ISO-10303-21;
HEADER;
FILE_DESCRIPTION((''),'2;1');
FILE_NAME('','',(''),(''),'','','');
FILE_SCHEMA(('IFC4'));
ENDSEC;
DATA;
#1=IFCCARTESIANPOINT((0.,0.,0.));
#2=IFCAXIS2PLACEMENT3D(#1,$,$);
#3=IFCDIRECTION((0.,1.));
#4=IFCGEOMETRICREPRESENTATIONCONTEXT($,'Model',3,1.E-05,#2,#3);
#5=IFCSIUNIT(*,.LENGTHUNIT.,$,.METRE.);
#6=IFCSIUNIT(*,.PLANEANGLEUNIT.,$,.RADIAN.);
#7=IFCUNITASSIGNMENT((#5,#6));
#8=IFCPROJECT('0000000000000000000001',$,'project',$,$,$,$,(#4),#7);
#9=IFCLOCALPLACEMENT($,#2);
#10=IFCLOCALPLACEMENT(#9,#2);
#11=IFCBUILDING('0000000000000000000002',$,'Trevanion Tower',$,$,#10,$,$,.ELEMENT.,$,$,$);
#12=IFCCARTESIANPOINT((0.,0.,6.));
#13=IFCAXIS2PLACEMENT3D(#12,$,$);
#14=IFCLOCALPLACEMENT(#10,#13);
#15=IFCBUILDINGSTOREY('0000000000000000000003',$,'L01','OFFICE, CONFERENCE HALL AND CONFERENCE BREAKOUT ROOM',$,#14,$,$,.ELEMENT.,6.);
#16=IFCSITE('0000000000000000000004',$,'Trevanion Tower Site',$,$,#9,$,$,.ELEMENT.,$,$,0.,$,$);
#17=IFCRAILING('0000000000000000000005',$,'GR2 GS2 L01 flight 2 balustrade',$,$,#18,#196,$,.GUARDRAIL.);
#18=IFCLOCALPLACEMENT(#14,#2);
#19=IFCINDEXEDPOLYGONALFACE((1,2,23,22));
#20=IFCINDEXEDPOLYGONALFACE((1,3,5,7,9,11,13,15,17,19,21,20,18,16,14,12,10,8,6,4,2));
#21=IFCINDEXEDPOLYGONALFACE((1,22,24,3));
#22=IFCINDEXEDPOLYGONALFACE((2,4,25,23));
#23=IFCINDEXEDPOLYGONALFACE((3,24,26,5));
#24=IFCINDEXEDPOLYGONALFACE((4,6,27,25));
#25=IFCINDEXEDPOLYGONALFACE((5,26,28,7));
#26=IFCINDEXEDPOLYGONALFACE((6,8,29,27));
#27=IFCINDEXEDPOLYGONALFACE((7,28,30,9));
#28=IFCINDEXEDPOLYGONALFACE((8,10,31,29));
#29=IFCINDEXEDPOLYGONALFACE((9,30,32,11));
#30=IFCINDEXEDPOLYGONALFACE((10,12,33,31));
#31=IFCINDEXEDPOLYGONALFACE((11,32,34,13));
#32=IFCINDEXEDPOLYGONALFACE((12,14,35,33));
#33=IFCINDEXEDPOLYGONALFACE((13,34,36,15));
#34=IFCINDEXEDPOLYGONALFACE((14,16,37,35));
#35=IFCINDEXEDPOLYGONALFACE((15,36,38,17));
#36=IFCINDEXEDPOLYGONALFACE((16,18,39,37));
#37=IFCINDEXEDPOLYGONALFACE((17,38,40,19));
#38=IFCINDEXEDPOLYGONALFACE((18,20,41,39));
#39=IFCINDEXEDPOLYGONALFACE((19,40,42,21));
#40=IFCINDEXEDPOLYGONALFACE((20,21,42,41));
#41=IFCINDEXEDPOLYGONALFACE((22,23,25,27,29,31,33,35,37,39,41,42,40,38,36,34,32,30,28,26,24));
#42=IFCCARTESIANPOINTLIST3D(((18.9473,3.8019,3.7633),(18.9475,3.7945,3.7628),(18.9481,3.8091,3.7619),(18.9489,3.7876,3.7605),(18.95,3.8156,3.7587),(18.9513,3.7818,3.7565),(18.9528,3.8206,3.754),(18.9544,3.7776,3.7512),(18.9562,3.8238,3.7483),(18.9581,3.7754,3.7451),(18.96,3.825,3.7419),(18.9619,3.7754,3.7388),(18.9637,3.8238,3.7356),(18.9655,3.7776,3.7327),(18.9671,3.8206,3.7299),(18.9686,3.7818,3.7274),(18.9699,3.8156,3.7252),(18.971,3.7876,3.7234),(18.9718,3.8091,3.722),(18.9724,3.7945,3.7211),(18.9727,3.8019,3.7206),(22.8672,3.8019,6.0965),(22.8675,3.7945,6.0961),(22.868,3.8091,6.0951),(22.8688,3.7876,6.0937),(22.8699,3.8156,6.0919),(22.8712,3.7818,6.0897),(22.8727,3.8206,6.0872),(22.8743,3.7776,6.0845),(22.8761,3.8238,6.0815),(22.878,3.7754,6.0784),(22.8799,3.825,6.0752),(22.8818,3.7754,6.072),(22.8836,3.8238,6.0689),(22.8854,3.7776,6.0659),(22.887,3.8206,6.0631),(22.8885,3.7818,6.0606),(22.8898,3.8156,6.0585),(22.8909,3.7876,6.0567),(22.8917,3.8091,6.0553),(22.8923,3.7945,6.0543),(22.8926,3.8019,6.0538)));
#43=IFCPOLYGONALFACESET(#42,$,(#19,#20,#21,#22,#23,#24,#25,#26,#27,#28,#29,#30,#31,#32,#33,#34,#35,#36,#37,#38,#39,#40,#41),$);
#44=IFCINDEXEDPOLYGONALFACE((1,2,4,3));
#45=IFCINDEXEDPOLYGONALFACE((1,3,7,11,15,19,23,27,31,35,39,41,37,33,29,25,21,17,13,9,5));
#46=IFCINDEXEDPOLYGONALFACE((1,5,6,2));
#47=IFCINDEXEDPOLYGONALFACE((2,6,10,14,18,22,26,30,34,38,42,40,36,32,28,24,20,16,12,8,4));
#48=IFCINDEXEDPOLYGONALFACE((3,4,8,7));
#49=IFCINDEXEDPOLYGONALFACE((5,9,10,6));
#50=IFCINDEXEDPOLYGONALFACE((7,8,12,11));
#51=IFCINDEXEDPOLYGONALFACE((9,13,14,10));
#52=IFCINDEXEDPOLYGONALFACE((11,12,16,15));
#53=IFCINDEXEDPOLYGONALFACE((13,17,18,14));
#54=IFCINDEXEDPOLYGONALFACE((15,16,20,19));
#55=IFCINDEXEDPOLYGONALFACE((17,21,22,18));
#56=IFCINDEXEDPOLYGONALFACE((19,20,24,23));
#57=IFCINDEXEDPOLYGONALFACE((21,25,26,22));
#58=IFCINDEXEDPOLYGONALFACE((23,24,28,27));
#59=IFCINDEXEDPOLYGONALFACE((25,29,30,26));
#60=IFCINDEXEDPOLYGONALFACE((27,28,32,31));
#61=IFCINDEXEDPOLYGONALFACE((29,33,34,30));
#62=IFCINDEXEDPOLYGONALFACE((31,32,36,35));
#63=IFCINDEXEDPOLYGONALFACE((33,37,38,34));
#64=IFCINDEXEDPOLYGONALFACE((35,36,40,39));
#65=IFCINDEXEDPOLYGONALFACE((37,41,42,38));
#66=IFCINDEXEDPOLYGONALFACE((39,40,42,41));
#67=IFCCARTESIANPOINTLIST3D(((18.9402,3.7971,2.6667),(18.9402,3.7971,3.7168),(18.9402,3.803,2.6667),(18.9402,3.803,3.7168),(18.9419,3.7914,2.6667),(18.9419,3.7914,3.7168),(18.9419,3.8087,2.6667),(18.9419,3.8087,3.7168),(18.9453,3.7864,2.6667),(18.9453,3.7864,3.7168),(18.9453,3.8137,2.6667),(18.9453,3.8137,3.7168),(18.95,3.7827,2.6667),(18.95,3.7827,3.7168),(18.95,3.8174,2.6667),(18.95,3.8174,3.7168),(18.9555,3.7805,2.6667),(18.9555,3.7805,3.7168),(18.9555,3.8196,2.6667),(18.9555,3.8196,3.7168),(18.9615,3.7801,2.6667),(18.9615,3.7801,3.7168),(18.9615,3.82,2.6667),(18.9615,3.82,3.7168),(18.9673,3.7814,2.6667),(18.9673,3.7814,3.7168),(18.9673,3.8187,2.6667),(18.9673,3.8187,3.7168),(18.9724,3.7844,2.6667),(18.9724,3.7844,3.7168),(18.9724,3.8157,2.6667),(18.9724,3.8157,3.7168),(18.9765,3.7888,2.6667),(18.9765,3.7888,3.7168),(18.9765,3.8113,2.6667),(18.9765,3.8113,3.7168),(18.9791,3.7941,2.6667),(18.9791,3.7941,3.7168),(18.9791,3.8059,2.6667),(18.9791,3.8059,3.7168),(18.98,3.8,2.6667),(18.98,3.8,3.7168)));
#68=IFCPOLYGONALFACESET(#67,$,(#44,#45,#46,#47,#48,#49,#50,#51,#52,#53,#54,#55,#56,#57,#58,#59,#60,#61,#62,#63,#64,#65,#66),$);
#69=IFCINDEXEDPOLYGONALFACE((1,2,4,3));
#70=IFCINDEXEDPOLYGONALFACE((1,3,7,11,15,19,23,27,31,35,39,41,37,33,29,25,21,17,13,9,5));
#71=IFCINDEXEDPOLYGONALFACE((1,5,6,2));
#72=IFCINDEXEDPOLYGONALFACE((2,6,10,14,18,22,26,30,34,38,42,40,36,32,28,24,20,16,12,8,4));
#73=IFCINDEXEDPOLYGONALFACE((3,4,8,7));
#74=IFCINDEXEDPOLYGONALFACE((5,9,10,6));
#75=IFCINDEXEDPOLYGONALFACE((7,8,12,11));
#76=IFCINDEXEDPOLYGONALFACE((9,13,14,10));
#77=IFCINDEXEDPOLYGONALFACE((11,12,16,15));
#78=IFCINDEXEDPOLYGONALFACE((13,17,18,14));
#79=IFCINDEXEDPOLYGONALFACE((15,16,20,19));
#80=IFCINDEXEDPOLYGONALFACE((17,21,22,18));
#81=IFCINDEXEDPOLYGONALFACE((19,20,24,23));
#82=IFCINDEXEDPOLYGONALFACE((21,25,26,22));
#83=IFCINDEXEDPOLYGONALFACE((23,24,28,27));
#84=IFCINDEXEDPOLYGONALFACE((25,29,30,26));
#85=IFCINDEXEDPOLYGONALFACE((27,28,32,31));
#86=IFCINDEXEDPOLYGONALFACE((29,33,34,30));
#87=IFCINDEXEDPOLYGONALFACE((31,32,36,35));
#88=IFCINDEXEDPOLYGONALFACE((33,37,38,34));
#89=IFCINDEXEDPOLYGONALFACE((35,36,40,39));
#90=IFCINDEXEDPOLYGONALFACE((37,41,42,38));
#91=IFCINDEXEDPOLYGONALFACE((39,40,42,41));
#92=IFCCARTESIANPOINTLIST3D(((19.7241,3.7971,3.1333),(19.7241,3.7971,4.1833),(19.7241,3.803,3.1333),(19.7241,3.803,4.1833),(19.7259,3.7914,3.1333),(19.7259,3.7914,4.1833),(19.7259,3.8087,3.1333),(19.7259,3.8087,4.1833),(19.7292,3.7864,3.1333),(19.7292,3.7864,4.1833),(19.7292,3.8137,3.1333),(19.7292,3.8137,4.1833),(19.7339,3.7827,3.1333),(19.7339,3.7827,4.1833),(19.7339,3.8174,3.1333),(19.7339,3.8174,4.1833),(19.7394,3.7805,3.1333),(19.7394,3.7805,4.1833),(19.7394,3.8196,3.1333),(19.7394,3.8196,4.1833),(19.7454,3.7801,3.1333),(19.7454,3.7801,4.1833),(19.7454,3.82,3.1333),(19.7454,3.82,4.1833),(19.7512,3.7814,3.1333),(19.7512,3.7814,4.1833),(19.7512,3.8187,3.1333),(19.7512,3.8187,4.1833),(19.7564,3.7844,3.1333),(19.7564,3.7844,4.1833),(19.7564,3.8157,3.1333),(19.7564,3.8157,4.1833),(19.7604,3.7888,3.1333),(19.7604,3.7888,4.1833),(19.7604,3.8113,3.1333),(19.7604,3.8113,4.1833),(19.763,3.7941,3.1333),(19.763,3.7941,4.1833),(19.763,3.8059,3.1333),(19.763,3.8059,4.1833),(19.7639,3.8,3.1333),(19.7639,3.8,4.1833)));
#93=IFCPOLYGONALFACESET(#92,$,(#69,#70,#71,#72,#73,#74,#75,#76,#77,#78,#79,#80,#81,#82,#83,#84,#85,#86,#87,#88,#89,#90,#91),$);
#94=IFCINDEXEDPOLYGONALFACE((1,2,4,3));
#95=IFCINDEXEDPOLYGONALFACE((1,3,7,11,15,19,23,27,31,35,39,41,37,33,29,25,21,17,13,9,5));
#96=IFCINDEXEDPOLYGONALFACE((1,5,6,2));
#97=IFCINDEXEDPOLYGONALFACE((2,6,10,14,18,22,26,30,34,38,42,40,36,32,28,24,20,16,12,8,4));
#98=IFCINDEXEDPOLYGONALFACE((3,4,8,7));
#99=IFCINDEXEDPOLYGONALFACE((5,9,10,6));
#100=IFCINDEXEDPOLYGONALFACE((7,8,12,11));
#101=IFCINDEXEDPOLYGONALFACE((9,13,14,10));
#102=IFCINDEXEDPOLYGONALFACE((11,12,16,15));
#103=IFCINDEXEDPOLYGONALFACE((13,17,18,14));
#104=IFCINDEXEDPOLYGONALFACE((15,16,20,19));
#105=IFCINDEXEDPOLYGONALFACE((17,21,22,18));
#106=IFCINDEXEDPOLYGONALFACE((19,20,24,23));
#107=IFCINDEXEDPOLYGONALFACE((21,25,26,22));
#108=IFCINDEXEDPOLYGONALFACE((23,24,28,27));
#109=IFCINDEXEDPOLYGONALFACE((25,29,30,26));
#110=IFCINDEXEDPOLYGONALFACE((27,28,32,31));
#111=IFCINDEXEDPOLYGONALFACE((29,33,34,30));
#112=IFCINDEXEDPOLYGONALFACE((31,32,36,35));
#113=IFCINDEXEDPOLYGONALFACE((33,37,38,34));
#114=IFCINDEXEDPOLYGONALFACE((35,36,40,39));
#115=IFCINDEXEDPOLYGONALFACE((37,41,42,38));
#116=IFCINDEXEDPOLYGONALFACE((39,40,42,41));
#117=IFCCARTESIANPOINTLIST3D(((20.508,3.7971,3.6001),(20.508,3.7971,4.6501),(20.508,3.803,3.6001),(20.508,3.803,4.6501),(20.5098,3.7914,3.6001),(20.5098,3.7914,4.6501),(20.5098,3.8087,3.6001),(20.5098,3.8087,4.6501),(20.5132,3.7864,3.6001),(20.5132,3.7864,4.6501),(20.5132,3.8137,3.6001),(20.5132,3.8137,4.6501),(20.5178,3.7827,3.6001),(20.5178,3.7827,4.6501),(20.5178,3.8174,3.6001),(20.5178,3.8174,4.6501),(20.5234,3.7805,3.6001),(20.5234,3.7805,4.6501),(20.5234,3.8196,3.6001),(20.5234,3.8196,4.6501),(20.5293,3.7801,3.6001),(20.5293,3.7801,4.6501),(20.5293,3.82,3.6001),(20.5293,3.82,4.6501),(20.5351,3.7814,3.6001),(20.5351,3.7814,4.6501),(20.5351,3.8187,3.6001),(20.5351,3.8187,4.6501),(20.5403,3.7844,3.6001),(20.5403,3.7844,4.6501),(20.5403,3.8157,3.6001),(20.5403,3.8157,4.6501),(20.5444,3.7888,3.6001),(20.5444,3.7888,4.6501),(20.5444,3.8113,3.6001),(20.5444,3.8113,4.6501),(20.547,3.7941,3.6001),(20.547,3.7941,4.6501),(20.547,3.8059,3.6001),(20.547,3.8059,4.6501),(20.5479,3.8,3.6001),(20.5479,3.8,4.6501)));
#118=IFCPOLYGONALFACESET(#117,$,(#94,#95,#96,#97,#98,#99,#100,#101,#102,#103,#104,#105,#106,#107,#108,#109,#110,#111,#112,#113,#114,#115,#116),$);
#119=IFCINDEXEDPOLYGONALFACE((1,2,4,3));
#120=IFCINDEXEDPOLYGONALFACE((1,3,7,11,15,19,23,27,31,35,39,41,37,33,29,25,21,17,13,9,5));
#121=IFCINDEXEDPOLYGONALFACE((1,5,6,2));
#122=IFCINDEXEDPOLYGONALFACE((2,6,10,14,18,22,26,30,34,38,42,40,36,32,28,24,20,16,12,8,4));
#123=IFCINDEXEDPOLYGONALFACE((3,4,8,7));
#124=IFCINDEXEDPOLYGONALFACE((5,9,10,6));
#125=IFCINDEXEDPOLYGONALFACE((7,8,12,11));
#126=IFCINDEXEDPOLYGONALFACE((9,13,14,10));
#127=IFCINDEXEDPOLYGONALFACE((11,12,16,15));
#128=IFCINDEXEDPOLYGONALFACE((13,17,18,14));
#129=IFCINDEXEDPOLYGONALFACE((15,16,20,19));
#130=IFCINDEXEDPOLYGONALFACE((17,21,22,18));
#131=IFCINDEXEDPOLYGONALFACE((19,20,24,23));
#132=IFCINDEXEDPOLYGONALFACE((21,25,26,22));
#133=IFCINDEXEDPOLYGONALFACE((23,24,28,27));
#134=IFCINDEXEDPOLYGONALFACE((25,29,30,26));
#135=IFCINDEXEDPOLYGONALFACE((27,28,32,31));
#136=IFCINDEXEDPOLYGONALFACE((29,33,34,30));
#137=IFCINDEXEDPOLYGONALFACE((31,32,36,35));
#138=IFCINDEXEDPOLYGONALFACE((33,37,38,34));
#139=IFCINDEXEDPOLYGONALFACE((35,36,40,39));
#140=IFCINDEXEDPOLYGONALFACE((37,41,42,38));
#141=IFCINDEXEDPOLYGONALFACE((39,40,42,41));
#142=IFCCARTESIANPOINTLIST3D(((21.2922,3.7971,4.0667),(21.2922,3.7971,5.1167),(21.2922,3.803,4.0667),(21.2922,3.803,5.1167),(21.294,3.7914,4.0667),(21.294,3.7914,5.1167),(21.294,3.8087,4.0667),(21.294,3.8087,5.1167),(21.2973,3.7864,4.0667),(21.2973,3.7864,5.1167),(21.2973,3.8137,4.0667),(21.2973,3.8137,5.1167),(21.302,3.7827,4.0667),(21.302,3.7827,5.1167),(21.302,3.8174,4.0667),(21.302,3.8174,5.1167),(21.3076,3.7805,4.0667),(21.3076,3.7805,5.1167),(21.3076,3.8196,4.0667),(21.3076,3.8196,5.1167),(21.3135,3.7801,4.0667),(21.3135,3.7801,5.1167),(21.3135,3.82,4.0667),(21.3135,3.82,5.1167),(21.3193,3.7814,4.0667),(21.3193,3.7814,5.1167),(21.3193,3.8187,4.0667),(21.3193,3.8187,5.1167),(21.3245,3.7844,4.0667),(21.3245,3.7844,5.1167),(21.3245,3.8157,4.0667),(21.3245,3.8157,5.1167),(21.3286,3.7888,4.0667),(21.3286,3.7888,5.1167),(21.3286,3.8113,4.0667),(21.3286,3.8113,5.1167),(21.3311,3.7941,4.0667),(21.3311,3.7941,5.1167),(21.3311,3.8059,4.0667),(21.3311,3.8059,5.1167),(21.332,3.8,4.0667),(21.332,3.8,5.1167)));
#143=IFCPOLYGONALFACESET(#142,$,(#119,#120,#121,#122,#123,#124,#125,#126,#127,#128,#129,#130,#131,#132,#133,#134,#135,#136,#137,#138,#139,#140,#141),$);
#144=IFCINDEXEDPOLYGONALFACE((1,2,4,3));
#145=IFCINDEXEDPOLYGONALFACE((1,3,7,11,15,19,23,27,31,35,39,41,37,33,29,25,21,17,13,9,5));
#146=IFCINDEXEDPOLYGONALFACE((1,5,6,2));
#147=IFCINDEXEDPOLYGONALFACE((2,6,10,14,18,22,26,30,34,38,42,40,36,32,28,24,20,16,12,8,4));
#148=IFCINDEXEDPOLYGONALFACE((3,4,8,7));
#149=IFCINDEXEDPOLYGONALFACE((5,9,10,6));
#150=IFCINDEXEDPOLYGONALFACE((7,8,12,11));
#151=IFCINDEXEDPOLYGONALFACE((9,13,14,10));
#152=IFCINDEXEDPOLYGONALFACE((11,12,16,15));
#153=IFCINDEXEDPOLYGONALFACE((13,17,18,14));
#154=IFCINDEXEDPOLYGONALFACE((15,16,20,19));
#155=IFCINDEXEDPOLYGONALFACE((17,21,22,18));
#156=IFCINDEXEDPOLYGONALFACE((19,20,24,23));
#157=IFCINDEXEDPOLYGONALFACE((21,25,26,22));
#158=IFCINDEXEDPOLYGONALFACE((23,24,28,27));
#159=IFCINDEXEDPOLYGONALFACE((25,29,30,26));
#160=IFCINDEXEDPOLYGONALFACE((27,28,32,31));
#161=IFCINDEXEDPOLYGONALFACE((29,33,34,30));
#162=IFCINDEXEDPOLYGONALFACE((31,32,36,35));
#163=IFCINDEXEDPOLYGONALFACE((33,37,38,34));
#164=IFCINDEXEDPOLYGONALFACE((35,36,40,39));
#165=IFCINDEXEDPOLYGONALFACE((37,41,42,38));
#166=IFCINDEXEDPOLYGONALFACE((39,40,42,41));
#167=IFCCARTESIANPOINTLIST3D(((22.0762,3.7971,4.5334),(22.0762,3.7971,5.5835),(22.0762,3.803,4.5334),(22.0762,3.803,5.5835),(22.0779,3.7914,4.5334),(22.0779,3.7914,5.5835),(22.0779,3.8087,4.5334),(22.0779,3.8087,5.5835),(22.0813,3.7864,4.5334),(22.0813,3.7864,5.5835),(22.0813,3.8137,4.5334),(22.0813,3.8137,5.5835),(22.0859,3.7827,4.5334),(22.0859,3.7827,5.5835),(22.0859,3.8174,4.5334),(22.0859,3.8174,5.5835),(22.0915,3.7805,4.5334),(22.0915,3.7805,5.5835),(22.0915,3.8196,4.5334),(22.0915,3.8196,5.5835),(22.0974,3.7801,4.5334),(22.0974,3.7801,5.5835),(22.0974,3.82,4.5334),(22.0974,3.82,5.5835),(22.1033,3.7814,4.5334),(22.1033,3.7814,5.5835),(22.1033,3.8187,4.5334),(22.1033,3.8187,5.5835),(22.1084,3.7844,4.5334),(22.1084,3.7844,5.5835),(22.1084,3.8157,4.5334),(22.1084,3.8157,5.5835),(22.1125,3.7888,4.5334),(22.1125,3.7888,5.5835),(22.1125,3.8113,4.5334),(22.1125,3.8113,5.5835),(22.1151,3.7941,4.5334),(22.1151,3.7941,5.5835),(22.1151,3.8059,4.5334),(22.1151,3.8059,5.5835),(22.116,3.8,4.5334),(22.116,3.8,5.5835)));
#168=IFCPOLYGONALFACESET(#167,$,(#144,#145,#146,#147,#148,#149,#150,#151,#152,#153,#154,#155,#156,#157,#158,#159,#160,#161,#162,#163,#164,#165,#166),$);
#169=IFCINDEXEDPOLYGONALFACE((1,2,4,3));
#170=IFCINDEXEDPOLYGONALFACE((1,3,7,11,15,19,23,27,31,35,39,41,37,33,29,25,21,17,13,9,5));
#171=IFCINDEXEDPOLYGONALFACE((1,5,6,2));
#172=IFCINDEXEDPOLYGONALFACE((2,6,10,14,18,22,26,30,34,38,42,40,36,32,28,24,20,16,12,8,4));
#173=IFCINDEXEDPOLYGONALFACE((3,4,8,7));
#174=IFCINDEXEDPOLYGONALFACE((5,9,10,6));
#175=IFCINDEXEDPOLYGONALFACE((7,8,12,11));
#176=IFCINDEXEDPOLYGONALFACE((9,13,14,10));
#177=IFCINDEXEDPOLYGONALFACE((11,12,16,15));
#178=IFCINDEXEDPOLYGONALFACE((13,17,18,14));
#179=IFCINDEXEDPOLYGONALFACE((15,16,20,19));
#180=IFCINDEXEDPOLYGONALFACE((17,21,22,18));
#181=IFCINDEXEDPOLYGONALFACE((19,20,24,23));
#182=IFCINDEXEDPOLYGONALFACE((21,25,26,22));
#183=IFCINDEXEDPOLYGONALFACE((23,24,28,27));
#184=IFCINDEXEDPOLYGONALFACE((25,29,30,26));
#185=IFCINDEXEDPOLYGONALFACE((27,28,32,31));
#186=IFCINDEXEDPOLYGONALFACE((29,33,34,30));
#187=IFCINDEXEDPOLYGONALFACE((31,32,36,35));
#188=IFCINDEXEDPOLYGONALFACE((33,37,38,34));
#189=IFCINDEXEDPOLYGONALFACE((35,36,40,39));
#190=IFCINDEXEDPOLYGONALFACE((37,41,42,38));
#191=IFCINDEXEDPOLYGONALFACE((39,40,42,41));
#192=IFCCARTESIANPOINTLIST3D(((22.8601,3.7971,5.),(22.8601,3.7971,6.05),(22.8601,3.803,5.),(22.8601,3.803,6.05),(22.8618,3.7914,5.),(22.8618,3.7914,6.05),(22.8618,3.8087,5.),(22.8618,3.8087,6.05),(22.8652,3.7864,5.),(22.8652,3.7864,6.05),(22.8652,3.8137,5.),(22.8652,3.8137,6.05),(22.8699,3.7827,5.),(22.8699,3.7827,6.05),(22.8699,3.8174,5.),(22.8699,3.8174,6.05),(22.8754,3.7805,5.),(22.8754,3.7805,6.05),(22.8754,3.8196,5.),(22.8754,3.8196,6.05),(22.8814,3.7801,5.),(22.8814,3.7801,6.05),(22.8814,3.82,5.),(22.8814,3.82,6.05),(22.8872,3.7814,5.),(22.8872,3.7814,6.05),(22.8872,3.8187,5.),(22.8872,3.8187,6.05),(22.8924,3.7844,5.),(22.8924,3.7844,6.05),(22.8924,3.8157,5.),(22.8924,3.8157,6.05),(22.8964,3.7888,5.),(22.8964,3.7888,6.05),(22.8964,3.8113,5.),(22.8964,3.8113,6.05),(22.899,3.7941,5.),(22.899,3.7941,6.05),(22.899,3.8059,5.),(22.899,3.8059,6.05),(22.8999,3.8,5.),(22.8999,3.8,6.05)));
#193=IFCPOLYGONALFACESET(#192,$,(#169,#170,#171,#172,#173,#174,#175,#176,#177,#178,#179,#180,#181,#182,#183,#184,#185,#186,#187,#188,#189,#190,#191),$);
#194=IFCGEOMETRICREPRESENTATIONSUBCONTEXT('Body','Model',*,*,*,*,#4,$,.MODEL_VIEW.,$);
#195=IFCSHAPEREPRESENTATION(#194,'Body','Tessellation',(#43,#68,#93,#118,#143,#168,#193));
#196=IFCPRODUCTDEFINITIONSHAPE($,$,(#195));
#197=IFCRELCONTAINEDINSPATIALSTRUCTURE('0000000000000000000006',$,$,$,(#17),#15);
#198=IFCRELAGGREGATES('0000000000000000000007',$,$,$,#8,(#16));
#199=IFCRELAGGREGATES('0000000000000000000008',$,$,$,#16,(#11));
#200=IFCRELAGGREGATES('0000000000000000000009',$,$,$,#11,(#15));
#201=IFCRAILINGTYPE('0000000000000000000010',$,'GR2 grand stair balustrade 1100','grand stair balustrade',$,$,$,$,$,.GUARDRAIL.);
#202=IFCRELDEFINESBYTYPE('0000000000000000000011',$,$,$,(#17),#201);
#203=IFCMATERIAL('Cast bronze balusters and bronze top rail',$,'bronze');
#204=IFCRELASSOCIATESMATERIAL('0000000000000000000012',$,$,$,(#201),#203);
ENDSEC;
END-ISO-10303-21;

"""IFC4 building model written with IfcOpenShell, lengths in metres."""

from ifc_helpers import new_model, si_unit, direction, frame, origin, origin_2d, place, context, subcontext, project, spatial, circle, extrude, material, type_object, element, save


model = new_model("IFC4")

# Units and contexts
model_context = context("Model", 3, precision=1e-05, world=origin(), true_north=direction((0.0, 1.0)))
body_context = subcontext(model_context, "Body", "Model", "MODEL_VIEW")
ifc_project = project(units=[si_unit("LENGTHUNIT", "METRE"), si_unit("PLANEANGLEUNIT", "RADIAN")], contexts=[model_context])

# Site, building, storey
site_placement = place(None, origin())
site = spatial("IfcSite", under=ifc_project, at=site_placement, Name="Trevanion Tower Site", CompositionType="ELEMENT", RefElevation=0.0)
building_placement = place(site_placement, origin())
building = spatial("IfcBuilding", under=site, at=building_placement, Name="Trevanion Tower", CompositionType="ELEMENT")
storey_placement = place(building_placement, frame((0.0, 0.0, 6.0)))
storey = spatial("IfcBuildingStorey", under=building, at=storey_placement, Name="L01", Description="OFFICE, CONFERENCE HALL AND CONFERENCE BREAKOUT ROOM", CompositionType="ELEMENT", Elevation=6.0)

# Railing
ifc_material_1 = material(Name="Cast bronze balusters and bronze top rail", Category="bronze")
railing_type_1 = type_object("IfcRailingType", Name="GR2 grand stair balustrade 1100", Description="grand stair balustrade", PredefinedType="GUARDRAIL", material=ifc_material_1)
railing_1_placement = place(storey_placement, frame((18.96, 3.8, 2.6667)))
element("IfcRailing", 1, at=railing_1_placement, inside=storey, type_object=railing_type_1, Name="GR2 GS2 L01 flight 2 balustrade", PredefinedType="GUARDRAIL", context=body_context, shape_type="SweptSolid", body=[
    extrude(circle(Radius=0.0249, at=origin_2d()), frame((0.0, 0.0, 1.0752), z_axis=(0.859296, 0.0, 0.511478), x_axis=(0.0, 1.0, 0.0)), (0.0, 0.0, 1.0), 4.5618),
    extrude(circle(Radius=0.02, at=origin_2d()), origin(), (0.0, 0.0, 1.0), 1.05),
    extrude(circle(Radius=0.02, at=origin_2d()), frame((0.7839, 0.0, 0.4666)), (0.0, 0.0, 1.0), 1.05),
    extrude(circle(Radius=0.02, at=origin_2d()), frame((1.5679, 0.0, 0.9333)), (0.0, 0.0, 1.0), 1.05),
    extrude(circle(Radius=0.02, at=origin_2d()), frame((2.3521, 0.0, 1.3999)), (0.0, 0.0, 1.0), 1.05),
    extrude(circle(Radius=0.02, at=origin_2d()), frame((3.136, 0.0, 1.8667)), (0.0, 0.0, 1.0), 1.05),
    extrude(circle(Radius=0.02, at=origin_2d()), frame((3.9199, 0.0, 2.3333)), (0.0, 0.0, 1.0), 1.05),
])

save(model, "model.ifc")
